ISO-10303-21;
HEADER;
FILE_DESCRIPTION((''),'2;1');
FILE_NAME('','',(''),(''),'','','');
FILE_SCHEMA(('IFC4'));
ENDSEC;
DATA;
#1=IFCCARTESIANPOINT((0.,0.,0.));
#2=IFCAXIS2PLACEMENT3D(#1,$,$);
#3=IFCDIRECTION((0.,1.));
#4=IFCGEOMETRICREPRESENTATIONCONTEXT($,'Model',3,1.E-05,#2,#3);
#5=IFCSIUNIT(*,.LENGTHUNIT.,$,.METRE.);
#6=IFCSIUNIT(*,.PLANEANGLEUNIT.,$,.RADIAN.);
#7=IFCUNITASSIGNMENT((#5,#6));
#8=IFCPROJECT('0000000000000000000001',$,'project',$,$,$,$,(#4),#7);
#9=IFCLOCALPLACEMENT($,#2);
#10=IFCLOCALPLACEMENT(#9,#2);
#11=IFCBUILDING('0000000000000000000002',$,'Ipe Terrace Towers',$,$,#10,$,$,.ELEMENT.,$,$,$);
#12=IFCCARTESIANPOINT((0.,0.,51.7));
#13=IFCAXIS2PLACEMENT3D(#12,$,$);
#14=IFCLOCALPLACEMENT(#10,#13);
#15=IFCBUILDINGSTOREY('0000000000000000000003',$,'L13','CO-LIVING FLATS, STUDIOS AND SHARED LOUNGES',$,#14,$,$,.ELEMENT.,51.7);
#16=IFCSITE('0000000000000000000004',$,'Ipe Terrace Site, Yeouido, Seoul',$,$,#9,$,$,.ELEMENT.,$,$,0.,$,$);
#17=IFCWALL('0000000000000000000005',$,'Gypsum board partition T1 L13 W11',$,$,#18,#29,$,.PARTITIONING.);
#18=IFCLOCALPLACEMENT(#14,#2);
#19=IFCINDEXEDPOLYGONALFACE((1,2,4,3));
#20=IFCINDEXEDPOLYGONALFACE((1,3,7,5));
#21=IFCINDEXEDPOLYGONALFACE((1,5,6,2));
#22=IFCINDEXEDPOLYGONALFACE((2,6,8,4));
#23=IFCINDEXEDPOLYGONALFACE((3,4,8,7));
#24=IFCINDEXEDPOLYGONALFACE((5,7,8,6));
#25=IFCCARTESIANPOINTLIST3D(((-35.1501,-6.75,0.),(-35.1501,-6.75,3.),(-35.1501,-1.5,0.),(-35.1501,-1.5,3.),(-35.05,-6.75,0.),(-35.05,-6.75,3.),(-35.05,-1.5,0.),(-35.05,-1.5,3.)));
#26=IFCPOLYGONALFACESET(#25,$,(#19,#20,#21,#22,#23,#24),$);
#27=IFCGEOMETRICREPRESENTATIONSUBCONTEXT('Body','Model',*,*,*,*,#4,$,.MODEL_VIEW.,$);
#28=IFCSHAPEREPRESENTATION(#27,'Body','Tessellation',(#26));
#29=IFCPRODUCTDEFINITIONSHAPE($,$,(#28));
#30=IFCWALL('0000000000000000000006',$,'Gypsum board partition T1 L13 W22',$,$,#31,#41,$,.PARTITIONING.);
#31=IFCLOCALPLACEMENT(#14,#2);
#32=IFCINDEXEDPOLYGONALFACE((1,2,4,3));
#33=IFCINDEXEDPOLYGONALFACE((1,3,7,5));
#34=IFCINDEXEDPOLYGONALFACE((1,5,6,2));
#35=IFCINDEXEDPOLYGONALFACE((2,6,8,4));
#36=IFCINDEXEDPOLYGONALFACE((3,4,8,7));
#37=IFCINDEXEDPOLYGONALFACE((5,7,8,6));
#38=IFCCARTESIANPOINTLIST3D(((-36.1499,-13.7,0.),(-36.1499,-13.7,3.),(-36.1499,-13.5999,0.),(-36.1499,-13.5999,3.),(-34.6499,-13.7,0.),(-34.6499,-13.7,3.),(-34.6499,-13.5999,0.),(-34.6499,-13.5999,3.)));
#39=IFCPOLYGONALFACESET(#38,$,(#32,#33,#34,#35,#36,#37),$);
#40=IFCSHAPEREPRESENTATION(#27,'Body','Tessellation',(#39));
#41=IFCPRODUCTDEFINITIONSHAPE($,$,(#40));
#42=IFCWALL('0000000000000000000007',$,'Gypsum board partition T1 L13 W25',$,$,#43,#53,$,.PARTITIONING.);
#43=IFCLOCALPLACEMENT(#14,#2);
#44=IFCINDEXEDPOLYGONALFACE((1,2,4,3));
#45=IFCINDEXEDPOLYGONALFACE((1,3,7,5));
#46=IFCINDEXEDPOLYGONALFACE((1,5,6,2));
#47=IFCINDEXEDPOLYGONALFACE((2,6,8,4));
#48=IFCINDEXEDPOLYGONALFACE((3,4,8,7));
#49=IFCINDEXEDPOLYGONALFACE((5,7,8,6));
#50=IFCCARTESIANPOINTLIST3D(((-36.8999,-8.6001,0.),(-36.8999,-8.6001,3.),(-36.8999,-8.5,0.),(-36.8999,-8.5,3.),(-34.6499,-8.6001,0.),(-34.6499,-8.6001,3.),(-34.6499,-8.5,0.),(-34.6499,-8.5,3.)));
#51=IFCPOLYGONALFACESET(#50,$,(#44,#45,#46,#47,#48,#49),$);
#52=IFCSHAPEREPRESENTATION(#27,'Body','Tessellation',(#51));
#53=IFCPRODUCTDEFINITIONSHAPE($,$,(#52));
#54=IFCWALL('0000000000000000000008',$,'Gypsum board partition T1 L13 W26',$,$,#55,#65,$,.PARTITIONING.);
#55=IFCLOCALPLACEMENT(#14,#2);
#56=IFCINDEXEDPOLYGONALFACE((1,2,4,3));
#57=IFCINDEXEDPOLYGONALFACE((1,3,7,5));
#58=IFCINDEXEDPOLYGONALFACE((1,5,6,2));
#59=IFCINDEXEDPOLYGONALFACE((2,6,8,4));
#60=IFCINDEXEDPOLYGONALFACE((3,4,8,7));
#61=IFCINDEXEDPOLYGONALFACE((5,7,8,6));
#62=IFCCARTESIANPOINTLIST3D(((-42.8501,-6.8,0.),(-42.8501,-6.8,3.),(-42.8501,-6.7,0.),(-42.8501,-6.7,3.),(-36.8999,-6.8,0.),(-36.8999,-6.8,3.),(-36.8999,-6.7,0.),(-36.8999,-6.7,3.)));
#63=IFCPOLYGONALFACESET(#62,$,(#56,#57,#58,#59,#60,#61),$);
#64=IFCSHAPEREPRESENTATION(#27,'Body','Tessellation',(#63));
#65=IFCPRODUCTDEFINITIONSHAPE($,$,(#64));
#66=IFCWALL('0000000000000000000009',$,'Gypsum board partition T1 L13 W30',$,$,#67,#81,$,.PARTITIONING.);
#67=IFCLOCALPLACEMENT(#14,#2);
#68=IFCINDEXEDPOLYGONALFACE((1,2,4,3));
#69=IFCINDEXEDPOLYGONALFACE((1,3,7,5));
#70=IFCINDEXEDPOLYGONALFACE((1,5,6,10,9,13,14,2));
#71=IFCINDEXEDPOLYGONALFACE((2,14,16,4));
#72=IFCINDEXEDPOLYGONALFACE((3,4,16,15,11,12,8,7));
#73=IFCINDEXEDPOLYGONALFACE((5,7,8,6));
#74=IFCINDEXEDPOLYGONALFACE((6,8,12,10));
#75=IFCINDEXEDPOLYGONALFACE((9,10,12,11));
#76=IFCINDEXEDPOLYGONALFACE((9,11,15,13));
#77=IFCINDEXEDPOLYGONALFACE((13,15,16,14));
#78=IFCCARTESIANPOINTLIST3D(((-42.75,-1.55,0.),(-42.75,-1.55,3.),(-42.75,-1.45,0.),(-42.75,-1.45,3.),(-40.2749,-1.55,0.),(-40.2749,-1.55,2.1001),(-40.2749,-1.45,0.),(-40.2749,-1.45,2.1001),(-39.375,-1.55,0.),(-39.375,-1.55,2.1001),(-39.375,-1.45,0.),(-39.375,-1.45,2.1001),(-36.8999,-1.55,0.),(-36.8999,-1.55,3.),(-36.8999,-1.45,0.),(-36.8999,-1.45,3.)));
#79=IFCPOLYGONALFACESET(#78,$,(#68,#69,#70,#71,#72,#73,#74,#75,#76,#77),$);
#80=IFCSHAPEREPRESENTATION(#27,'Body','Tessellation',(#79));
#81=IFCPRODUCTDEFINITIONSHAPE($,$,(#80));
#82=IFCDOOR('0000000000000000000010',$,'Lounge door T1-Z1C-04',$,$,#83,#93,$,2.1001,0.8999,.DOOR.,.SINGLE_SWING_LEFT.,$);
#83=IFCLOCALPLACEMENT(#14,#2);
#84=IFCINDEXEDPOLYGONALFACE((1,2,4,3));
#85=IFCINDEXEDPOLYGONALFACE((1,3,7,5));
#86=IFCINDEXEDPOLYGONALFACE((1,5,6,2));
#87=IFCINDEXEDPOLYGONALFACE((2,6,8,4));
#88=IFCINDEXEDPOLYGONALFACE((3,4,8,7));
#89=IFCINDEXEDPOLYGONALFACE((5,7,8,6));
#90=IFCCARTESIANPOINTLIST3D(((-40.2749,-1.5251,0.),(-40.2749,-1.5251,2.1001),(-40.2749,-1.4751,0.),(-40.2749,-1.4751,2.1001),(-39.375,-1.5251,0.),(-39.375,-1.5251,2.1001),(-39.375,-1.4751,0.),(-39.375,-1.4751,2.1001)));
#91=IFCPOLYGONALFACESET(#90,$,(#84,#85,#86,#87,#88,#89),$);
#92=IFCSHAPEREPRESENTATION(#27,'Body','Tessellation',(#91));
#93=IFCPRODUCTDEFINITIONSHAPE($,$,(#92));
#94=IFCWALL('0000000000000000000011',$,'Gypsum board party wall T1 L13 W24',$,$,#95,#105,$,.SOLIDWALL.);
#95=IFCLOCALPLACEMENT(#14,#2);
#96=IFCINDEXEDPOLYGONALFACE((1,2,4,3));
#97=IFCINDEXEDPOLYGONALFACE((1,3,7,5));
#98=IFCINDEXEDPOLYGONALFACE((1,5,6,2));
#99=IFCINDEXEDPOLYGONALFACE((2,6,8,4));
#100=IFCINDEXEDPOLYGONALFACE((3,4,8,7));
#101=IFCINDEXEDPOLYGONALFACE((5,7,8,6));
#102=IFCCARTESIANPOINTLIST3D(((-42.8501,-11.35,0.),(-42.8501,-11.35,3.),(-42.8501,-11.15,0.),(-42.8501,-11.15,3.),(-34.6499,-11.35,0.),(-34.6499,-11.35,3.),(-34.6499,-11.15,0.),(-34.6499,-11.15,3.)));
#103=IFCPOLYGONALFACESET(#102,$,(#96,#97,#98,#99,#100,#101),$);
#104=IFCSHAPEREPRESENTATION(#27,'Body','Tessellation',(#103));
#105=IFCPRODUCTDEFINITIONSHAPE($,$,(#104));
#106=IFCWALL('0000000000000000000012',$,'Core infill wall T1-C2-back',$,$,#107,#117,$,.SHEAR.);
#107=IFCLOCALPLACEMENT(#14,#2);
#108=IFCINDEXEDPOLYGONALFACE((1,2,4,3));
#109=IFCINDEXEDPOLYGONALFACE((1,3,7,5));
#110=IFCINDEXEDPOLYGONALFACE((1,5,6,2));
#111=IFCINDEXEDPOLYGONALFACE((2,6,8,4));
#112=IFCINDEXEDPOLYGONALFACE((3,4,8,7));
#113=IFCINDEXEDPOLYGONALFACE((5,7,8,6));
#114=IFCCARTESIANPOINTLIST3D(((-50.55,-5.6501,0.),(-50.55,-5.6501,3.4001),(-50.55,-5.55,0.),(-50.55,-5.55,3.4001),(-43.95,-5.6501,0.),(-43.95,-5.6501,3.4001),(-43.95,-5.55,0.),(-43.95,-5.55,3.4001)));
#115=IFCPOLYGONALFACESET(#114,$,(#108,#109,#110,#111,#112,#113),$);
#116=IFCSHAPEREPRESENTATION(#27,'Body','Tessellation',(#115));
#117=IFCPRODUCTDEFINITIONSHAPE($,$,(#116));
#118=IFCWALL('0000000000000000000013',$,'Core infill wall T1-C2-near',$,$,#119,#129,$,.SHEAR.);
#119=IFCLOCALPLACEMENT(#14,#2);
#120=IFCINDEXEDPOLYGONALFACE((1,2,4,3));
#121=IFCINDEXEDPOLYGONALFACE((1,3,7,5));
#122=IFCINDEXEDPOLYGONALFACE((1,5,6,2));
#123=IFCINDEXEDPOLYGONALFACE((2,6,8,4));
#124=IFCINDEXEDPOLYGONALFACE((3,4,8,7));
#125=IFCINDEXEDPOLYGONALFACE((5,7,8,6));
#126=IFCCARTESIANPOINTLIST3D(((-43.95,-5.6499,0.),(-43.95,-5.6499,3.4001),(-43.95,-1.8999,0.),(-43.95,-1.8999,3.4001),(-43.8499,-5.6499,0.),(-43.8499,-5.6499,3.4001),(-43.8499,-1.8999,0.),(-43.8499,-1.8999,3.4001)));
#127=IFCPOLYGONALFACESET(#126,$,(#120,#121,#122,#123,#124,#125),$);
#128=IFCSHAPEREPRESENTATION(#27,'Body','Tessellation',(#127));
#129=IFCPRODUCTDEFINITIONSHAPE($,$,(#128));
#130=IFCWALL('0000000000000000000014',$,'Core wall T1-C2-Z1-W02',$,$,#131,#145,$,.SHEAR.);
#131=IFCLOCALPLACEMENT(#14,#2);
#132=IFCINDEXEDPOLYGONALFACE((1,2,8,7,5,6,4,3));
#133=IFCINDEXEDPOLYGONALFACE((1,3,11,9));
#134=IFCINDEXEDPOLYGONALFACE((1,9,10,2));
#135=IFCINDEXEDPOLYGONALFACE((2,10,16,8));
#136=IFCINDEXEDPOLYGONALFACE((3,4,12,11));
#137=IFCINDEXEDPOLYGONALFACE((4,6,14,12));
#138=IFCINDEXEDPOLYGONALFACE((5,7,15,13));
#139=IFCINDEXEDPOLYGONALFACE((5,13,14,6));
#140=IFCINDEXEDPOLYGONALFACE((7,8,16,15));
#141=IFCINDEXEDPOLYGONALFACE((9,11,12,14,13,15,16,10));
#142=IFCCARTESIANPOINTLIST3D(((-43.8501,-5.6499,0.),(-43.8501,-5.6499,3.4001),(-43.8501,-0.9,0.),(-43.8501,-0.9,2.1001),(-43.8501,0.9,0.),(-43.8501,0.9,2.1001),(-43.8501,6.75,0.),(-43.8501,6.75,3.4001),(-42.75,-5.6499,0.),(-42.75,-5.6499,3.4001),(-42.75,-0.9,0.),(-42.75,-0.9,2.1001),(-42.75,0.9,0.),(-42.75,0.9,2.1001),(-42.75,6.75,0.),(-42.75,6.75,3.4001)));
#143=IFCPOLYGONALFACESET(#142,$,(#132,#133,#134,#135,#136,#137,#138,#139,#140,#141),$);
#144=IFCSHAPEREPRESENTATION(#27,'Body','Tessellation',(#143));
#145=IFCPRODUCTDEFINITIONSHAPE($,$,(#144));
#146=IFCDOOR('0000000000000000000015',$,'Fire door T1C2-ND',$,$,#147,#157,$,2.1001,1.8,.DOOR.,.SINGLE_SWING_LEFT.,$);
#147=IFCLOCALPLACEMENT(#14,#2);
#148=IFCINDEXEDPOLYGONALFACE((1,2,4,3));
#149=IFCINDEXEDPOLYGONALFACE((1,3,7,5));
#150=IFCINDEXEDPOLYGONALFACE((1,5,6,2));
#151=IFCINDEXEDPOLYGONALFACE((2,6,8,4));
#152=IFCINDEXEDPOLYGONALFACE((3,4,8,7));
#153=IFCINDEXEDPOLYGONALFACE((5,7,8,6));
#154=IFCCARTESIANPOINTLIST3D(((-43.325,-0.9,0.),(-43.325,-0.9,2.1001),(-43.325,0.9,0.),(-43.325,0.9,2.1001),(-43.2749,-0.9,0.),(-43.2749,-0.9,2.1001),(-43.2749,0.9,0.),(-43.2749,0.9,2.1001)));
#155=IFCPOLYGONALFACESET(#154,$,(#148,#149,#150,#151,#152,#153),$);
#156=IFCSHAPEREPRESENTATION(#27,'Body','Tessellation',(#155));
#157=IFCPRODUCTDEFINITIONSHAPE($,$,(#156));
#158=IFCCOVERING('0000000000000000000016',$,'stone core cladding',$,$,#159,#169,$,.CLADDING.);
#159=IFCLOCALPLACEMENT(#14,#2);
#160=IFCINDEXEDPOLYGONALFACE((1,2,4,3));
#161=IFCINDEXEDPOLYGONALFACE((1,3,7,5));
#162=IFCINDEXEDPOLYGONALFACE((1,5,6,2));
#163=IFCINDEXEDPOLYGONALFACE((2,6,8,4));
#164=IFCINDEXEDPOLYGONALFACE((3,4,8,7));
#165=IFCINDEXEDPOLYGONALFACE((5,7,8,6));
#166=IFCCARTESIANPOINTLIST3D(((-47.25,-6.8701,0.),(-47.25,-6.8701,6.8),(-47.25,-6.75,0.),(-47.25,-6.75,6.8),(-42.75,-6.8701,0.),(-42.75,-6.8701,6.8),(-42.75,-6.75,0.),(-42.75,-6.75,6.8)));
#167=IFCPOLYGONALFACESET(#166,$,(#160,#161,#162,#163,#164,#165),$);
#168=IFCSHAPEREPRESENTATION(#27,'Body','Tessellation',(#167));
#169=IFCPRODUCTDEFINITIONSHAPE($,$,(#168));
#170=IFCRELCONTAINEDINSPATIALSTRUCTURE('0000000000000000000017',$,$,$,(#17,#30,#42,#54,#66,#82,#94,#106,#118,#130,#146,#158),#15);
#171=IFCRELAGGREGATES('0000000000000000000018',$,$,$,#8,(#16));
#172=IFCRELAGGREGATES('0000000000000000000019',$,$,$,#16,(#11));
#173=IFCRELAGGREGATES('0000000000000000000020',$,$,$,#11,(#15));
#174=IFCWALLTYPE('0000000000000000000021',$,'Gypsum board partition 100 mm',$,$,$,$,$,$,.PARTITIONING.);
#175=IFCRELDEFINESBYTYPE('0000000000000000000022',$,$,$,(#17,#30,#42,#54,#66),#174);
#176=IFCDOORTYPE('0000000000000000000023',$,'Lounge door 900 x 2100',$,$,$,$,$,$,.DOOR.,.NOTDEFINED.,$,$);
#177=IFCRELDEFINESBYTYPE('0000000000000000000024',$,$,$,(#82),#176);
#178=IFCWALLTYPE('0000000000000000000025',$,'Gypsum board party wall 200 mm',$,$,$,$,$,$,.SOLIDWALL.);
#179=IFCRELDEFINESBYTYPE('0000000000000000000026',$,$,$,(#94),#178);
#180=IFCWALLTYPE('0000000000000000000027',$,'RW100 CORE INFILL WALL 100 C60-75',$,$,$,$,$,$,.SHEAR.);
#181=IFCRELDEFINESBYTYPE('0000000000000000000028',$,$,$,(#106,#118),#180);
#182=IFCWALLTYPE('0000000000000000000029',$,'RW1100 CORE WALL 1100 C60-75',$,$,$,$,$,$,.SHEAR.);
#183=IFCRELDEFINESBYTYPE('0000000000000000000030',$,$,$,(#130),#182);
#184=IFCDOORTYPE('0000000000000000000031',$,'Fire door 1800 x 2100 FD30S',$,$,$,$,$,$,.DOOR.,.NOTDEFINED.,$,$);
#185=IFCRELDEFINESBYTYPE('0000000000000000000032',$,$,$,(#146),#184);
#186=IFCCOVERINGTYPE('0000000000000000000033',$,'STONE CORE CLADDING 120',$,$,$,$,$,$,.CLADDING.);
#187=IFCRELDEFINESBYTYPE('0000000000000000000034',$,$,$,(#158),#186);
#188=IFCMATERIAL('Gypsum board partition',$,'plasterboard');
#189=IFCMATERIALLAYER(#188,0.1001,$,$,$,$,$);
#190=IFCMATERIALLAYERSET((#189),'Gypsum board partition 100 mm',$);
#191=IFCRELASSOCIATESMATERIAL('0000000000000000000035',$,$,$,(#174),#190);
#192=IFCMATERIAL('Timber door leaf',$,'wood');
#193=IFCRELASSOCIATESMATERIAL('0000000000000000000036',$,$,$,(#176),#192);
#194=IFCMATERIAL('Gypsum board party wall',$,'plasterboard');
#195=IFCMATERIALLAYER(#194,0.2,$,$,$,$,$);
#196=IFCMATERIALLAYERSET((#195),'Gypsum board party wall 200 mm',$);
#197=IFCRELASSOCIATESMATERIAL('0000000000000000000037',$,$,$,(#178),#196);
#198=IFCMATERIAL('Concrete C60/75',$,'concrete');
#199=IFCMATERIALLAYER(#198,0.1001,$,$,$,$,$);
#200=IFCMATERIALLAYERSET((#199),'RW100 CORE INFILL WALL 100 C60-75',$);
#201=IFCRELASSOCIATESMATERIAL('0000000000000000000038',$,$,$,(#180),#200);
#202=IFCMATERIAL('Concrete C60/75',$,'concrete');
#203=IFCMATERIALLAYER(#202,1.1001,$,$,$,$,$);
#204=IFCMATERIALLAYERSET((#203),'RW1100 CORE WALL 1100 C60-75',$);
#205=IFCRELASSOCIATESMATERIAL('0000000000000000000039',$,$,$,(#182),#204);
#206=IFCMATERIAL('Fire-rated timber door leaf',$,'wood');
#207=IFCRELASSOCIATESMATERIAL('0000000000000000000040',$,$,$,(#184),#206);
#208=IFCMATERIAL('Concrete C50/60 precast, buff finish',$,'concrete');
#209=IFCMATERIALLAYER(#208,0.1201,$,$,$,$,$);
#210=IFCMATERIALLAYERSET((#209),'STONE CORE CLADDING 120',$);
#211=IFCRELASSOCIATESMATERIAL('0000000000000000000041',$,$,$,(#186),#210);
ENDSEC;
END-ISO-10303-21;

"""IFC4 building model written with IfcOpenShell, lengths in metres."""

from ifc_helpers import new_model, si_unit, direction, frame, frame_2d, origin, origin_2d, place, context, subcontext, project, spatial, rectangle, extrude, material, layer, layer_set, type_object, element, fill, save


model = new_model("IFC4")

# Units and contexts
model_context = context("Model", 3, precision=1e-05, world=origin(), true_north=direction((0.0, 1.0)))
body_context = subcontext(model_context, "Body", "Model", "MODEL_VIEW")
ifc_project = project(units=[si_unit("LENGTHUNIT", "METRE"), si_unit("PLANEANGLEUNIT", "RADIAN")], contexts=[model_context])

# Site, building, storey
site_placement = place(None, origin())
site = spatial("IfcSite", under=ifc_project, at=site_placement, Name="Ipe Terrace Site, Yeouido, Seoul", CompositionType="ELEMENT", RefElevation=0.0)
building_placement = place(site_placement, origin())
building = spatial("IfcBuilding", under=site, at=building_placement, Name="Ipe Terrace Towers", CompositionType="ELEMENT")
storey_placement = place(building_placement, frame((0.0, 0.0, 51.7)))
storey = spatial("IfcBuildingStorey", under=building, at=storey_placement, Name="L13", Description="CO-LIVING FLATS, STUDIOS AND SHARED LOUNGES", CompositionType="ELEMENT", Elevation=51.7)

# Shared definitions
ifc_material_1 = material(Name="Gypsum board partition", Category="plasterboard")
ifc_layer_1 = layer(ifc_material_1, 0.1001)
ifc_layer_set_1 = layer_set([ifc_layer_1], Name="Gypsum board partition 100 mm")
wall_type_1 = type_object("IfcWallType", Name="Gypsum board partition 100 mm", PredefinedType="PARTITIONING", material=ifc_layer_set_1)

# Walls
wall_1_placement = place(storey_placement, frame((-35.1001, -6.75, 0.0), z_axis=(0.0, 0.0, 1.0), x_axis=(0.0, 1.0, 0.0)))
element("IfcWall", 1, at=wall_1_placement, inside=storey, type_object=wall_type_1, Name="Gypsum board partition T1 L13 W11", PredefinedType="PARTITIONING", context=body_context, shape_type="SweptSolid", body=[
    extrude(rectangle(XDim=5.25, YDim=0.1001, at=frame_2d((2.625, 0.0))), origin(), (0.0, 0.0, 1.0), 3.0),
])
wall_2_placement = place(storey_placement, frame((-36.1499, -13.6499, 0.0), z_axis=(0.0, 0.0, 1.0), x_axis=(1.0, 0.0, 0.0)))
element("IfcWall", 2, at=wall_2_placement, inside=storey, type_object=wall_type_1, Name="Gypsum board partition T1 L13 W22", PredefinedType="PARTITIONING", context=body_context, shape_type="SweptSolid", body=[
    extrude(rectangle(XDim=1.5, YDim=0.1001, at=frame_2d((0.75, 0.0))), origin(), (0.0, 0.0, 1.0), 3.0),
])
wall_3_placement = place(storey_placement, frame((-36.8999, -8.55, 0.0), z_axis=(0.0, 0.0, 1.0), x_axis=(1.0, 0.0, 0.0)))
element("IfcWall", 3, at=wall_3_placement, inside=storey, type_object=wall_type_1, Name="Gypsum board partition T1 L13 W25", PredefinedType="PARTITIONING", context=body_context, shape_type="SweptSolid", body=[
    extrude(rectangle(XDim=2.25, YDim=0.1001, at=frame_2d((1.125, 0.0))), origin(), (0.0, 0.0, 1.0), 3.0),
])
wall_4_placement = place(storey_placement, frame((-42.8501, -6.75, 0.0), z_axis=(0.0, 0.0, 1.0), x_axis=(1.0, 0.0, 0.0)))
element("IfcWall", 4, at=wall_4_placement, inside=storey, type_object=wall_type_1, Name="Gypsum board partition T1 L13 W26", PredefinedType="PARTITIONING", context=body_context, shape_type="SweptSolid", body=[
    extrude(rectangle(XDim=5.9502, YDim=0.1001, at=frame_2d((2.9751, 0.0))), origin(), (0.0, 0.0, 1.0), 3.0),
])

# Wall, opening, door
wall_5_placement = place(storey_placement, frame((-42.75, -1.5, 0.0), z_axis=(0.0, 0.0, 1.0), x_axis=(1.0, 0.0, 0.0)))
wall_5 = element("IfcWall", 5, at=wall_5_placement, inside=storey, type_object=wall_type_1, Name="Gypsum board partition T1 L13 W30", PredefinedType="PARTITIONING", context=body_context, shape_type="SweptSolid", body=[
    extrude(rectangle(XDim=5.8501, YDim=0.1001, at=frame_2d((2.925, 0.0))), origin(), (0.0, 0.0, 1.0), 3.0),
])
opening_1_placement = place(wall_5_placement, frame((2.4751, 0.0, 0.0)))
opening_1 = element("IfcOpeningElement", 6, at=opening_1_placement, cuts=wall_5, PredefinedType="OPENING", context=body_context, shape_type="SweptSolid", body=[
    extrude(rectangle(XDim=0.8999, YDim=2.1001, at=frame_2d((0.45, 1.05))), frame((0.0, 0.0601, 0.0), z_axis=(0.0, -1.0, 0.0), x_axis=(1.0, 0.0, 0.0)), (0.0, 0.0, 1.0), 0.1201),
])
ifc_material_2 = material(Name="Timber door leaf", Category="wood")
door_type_1 = type_object("IfcDoorType", Name="Lounge door 900 x 2100", OperationType="NOTDEFINED", PredefinedType="DOOR", material=ifc_material_2)
door_1_placement = place(opening_1_placement, origin())
door_1 = element("IfcDoor", 7, at=door_1_placement, inside=storey, type_object=door_type_1, Name="Lounge door T1-Z1C-04", OperationType="SINGLE_SWING_LEFT", OverallHeight=2.1001, OverallWidth=0.8999, PredefinedType="DOOR", context=body_context, shape_type="SweptSolid", body=[
    extrude(rectangle(XDim=0.8999, YDim=2.1001, at=frame_2d((0.45, 1.05))), frame((0.0, 0.0249, 0.0), z_axis=(0.0, -1.0, 0.0), x_axis=(1.0, 0.0, 0.0)), (0.0, 0.0, 1.0), 0.05),
])
fill(opening_1, door_1)

# Walls
ifc_material_3 = material(Name="Gypsum board party wall", Category="plasterboard")
ifc_layer_2 = layer(ifc_material_3, 0.2)
ifc_layer_set_2 = layer_set([ifc_layer_2], Name="Gypsum board party wall 200 mm")
wall_type_2 = type_object("IfcWallType", Name="Gypsum board party wall 200 mm", PredefinedType="SOLIDWALL", material=ifc_layer_set_2)
wall_6_placement = place(storey_placement, frame((-42.8501, -11.25, 0.0), z_axis=(0.0, 0.0, 1.0), x_axis=(1.0, 0.0, 0.0)))
element("IfcWall", 8, at=wall_6_placement, inside=storey, type_object=wall_type_2, Name="Gypsum board party wall T1 L13 W24", PredefinedType="SOLIDWALL", context=body_context, shape_type="SweptSolid", body=[
    extrude(rectangle(XDim=8.2002, YDim=0.2, at=frame_2d((4.1001, 0.0))), origin(), (0.0, 0.0, 1.0), 3.0),
])
ifc_material_4 = material(Name="Concrete C60/75", Category="concrete")
ifc_layer_3 = layer(ifc_material_4, 0.1001)
ifc_layer_set_3 = layer_set([ifc_layer_3], Name="RW100 CORE INFILL WALL 100 C60-75")
wall_type_3 = type_object("IfcWallType", Name="RW100 CORE INFILL WALL 100 C60-75", PredefinedType="SHEAR", material=ifc_layer_set_3)
wall_7_placement = place(storey_placement, frame((-43.95, -5.6001, 0.0), z_axis=(0.0, 0.0, 1.0), x_axis=(-1.0, 0.0, 0.0)))
element("IfcWall", 9, at=wall_7_placement, inside=storey, type_object=wall_type_3, Name="Core infill wall T1-C2-back", PredefinedType="SHEAR", context=body_context, shape_type="SweptSolid", body=[
    extrude(rectangle(XDim=6.6001, YDim=0.1001, at=frame_2d((3.3, 0.0))), origin(), (0.0, 0.0, 1.0), 3.4001),
])
wall_8_placement = place(storey_placement, frame((-43.8999, -1.8999, 0.0), z_axis=(0.0, 0.0, 1.0), x_axis=(0.0, -1.0, 0.0)))
element("IfcWall", 10, at=wall_8_placement, inside=storey, type_object=wall_type_3, Name="Core infill wall T1-C2-near", PredefinedType="SHEAR", context=body_context, shape_type="SweptSolid", body=[
    extrude(rectangle(XDim=3.75, YDim=0.1001, at=frame_2d((1.875, 0.0))), origin(), (0.0, 0.0, 1.0), 3.4001),
])

# Wall, opening, door
ifc_material_5 = material(Name="Concrete C60/75", Category="concrete")
ifc_layer_4 = layer(ifc_material_5, 1.1001)
ifc_layer_set_4 = layer_set([ifc_layer_4], Name="RW1100 CORE WALL 1100 C60-75")
wall_type_4 = type_object("IfcWallType", Name="RW1100 CORE WALL 1100 C60-75", PredefinedType="SHEAR", material=ifc_layer_set_4)
wall_9_placement = place(storey_placement, frame((-43.3, -5.6499, 0.0), z_axis=(0.0, 0.0, 1.0), x_axis=(0.0, 1.0, 0.0)))
wall_9 = element("IfcWall", 11, at=wall_9_placement, inside=storey, type_object=wall_type_4, Name="Core wall T1-C2-Z1-W02", PredefinedType="SHEAR", context=body_context, shape_type="SweptSolid", body=[
    extrude(rectangle(XDim=12.3999, YDim=1.1001, at=frame_2d((6.2, 0.0))), origin(), (0.0, 0.0, 1.0), 3.4001),
])
opening_2_placement = place(wall_9_placement, frame((4.75, 0.0, 0.0)))
opening_2 = element("IfcOpeningElement", 12, at=opening_2_placement, cuts=wall_9, PredefinedType="OPENING", context=body_context, shape_type="SweptSolid", body=[
    extrude(rectangle(XDim=1.8, YDim=2.1001, at=frame_2d((0.8999, 1.05))), frame((0.0, 0.5601, 0.0), z_axis=(0.0, -1.0, 0.0), x_axis=(1.0, 0.0, 0.0)), (0.0, 0.0, 1.0), 1.1201),
])
ifc_material_6 = material(Name="Fire-rated timber door leaf", Category="wood")
door_type_2 = type_object("IfcDoorType", Name="Fire door 1800 x 2100 FD30S", OperationType="NOTDEFINED", PredefinedType="DOOR", material=ifc_material_6)
door_2_placement = place(opening_2_placement, origin())
door_2 = element("IfcDoor", 13, at=door_2_placement, inside=storey, type_object=door_type_2, Name="Fire door T1C2-ND", OperationType="SINGLE_SWING_LEFT", OverallHeight=2.1001, OverallWidth=1.8, PredefinedType="DOOR", context=body_context, shape_type="SweptSolid", body=[
    extrude(rectangle(XDim=1.8, YDim=2.1001, at=frame_2d((0.8999, 1.05))), frame((0.0, 0.0249, 0.0), z_axis=(0.0, -1.0, 0.0), x_axis=(1.0, 0.0, 0.0)), (0.0, 0.0, 1.0), 0.05),
])
fill(opening_2, door_2)

# Covering
ifc_material_7 = material(Name="Concrete C50/60 precast, buff finish", Category="concrete")
ifc_layer_5 = layer(ifc_material_7, 0.1201)
ifc_layer_set_5 = layer_set([ifc_layer_5], Name="STONE CORE CLADDING 120")
covering_type = type_object("IfcCoveringType", Name="STONE CORE CLADDING 120", PredefinedType="CLADDING", material=ifc_layer_set_5)
covering_placement = place(storey_placement, frame((-45.0, -6.8101, 0.0), z_axis=(0.0, 0.0, 1.0), x_axis=(1.0, 0.0, 0.0)))
element("IfcCovering", 14, at=covering_placement, inside=storey, type_object=covering_type, Name="stone core cladding", PredefinedType="CLADDING", context=body_context, shape_type="SweptSolid", body=[
    extrude(rectangle(XDim=4.5, YDim=0.1201, at=origin_2d()), origin(), (0.0, 0.0, 1.0), 6.8),
])

save(model, "model.ifc")
